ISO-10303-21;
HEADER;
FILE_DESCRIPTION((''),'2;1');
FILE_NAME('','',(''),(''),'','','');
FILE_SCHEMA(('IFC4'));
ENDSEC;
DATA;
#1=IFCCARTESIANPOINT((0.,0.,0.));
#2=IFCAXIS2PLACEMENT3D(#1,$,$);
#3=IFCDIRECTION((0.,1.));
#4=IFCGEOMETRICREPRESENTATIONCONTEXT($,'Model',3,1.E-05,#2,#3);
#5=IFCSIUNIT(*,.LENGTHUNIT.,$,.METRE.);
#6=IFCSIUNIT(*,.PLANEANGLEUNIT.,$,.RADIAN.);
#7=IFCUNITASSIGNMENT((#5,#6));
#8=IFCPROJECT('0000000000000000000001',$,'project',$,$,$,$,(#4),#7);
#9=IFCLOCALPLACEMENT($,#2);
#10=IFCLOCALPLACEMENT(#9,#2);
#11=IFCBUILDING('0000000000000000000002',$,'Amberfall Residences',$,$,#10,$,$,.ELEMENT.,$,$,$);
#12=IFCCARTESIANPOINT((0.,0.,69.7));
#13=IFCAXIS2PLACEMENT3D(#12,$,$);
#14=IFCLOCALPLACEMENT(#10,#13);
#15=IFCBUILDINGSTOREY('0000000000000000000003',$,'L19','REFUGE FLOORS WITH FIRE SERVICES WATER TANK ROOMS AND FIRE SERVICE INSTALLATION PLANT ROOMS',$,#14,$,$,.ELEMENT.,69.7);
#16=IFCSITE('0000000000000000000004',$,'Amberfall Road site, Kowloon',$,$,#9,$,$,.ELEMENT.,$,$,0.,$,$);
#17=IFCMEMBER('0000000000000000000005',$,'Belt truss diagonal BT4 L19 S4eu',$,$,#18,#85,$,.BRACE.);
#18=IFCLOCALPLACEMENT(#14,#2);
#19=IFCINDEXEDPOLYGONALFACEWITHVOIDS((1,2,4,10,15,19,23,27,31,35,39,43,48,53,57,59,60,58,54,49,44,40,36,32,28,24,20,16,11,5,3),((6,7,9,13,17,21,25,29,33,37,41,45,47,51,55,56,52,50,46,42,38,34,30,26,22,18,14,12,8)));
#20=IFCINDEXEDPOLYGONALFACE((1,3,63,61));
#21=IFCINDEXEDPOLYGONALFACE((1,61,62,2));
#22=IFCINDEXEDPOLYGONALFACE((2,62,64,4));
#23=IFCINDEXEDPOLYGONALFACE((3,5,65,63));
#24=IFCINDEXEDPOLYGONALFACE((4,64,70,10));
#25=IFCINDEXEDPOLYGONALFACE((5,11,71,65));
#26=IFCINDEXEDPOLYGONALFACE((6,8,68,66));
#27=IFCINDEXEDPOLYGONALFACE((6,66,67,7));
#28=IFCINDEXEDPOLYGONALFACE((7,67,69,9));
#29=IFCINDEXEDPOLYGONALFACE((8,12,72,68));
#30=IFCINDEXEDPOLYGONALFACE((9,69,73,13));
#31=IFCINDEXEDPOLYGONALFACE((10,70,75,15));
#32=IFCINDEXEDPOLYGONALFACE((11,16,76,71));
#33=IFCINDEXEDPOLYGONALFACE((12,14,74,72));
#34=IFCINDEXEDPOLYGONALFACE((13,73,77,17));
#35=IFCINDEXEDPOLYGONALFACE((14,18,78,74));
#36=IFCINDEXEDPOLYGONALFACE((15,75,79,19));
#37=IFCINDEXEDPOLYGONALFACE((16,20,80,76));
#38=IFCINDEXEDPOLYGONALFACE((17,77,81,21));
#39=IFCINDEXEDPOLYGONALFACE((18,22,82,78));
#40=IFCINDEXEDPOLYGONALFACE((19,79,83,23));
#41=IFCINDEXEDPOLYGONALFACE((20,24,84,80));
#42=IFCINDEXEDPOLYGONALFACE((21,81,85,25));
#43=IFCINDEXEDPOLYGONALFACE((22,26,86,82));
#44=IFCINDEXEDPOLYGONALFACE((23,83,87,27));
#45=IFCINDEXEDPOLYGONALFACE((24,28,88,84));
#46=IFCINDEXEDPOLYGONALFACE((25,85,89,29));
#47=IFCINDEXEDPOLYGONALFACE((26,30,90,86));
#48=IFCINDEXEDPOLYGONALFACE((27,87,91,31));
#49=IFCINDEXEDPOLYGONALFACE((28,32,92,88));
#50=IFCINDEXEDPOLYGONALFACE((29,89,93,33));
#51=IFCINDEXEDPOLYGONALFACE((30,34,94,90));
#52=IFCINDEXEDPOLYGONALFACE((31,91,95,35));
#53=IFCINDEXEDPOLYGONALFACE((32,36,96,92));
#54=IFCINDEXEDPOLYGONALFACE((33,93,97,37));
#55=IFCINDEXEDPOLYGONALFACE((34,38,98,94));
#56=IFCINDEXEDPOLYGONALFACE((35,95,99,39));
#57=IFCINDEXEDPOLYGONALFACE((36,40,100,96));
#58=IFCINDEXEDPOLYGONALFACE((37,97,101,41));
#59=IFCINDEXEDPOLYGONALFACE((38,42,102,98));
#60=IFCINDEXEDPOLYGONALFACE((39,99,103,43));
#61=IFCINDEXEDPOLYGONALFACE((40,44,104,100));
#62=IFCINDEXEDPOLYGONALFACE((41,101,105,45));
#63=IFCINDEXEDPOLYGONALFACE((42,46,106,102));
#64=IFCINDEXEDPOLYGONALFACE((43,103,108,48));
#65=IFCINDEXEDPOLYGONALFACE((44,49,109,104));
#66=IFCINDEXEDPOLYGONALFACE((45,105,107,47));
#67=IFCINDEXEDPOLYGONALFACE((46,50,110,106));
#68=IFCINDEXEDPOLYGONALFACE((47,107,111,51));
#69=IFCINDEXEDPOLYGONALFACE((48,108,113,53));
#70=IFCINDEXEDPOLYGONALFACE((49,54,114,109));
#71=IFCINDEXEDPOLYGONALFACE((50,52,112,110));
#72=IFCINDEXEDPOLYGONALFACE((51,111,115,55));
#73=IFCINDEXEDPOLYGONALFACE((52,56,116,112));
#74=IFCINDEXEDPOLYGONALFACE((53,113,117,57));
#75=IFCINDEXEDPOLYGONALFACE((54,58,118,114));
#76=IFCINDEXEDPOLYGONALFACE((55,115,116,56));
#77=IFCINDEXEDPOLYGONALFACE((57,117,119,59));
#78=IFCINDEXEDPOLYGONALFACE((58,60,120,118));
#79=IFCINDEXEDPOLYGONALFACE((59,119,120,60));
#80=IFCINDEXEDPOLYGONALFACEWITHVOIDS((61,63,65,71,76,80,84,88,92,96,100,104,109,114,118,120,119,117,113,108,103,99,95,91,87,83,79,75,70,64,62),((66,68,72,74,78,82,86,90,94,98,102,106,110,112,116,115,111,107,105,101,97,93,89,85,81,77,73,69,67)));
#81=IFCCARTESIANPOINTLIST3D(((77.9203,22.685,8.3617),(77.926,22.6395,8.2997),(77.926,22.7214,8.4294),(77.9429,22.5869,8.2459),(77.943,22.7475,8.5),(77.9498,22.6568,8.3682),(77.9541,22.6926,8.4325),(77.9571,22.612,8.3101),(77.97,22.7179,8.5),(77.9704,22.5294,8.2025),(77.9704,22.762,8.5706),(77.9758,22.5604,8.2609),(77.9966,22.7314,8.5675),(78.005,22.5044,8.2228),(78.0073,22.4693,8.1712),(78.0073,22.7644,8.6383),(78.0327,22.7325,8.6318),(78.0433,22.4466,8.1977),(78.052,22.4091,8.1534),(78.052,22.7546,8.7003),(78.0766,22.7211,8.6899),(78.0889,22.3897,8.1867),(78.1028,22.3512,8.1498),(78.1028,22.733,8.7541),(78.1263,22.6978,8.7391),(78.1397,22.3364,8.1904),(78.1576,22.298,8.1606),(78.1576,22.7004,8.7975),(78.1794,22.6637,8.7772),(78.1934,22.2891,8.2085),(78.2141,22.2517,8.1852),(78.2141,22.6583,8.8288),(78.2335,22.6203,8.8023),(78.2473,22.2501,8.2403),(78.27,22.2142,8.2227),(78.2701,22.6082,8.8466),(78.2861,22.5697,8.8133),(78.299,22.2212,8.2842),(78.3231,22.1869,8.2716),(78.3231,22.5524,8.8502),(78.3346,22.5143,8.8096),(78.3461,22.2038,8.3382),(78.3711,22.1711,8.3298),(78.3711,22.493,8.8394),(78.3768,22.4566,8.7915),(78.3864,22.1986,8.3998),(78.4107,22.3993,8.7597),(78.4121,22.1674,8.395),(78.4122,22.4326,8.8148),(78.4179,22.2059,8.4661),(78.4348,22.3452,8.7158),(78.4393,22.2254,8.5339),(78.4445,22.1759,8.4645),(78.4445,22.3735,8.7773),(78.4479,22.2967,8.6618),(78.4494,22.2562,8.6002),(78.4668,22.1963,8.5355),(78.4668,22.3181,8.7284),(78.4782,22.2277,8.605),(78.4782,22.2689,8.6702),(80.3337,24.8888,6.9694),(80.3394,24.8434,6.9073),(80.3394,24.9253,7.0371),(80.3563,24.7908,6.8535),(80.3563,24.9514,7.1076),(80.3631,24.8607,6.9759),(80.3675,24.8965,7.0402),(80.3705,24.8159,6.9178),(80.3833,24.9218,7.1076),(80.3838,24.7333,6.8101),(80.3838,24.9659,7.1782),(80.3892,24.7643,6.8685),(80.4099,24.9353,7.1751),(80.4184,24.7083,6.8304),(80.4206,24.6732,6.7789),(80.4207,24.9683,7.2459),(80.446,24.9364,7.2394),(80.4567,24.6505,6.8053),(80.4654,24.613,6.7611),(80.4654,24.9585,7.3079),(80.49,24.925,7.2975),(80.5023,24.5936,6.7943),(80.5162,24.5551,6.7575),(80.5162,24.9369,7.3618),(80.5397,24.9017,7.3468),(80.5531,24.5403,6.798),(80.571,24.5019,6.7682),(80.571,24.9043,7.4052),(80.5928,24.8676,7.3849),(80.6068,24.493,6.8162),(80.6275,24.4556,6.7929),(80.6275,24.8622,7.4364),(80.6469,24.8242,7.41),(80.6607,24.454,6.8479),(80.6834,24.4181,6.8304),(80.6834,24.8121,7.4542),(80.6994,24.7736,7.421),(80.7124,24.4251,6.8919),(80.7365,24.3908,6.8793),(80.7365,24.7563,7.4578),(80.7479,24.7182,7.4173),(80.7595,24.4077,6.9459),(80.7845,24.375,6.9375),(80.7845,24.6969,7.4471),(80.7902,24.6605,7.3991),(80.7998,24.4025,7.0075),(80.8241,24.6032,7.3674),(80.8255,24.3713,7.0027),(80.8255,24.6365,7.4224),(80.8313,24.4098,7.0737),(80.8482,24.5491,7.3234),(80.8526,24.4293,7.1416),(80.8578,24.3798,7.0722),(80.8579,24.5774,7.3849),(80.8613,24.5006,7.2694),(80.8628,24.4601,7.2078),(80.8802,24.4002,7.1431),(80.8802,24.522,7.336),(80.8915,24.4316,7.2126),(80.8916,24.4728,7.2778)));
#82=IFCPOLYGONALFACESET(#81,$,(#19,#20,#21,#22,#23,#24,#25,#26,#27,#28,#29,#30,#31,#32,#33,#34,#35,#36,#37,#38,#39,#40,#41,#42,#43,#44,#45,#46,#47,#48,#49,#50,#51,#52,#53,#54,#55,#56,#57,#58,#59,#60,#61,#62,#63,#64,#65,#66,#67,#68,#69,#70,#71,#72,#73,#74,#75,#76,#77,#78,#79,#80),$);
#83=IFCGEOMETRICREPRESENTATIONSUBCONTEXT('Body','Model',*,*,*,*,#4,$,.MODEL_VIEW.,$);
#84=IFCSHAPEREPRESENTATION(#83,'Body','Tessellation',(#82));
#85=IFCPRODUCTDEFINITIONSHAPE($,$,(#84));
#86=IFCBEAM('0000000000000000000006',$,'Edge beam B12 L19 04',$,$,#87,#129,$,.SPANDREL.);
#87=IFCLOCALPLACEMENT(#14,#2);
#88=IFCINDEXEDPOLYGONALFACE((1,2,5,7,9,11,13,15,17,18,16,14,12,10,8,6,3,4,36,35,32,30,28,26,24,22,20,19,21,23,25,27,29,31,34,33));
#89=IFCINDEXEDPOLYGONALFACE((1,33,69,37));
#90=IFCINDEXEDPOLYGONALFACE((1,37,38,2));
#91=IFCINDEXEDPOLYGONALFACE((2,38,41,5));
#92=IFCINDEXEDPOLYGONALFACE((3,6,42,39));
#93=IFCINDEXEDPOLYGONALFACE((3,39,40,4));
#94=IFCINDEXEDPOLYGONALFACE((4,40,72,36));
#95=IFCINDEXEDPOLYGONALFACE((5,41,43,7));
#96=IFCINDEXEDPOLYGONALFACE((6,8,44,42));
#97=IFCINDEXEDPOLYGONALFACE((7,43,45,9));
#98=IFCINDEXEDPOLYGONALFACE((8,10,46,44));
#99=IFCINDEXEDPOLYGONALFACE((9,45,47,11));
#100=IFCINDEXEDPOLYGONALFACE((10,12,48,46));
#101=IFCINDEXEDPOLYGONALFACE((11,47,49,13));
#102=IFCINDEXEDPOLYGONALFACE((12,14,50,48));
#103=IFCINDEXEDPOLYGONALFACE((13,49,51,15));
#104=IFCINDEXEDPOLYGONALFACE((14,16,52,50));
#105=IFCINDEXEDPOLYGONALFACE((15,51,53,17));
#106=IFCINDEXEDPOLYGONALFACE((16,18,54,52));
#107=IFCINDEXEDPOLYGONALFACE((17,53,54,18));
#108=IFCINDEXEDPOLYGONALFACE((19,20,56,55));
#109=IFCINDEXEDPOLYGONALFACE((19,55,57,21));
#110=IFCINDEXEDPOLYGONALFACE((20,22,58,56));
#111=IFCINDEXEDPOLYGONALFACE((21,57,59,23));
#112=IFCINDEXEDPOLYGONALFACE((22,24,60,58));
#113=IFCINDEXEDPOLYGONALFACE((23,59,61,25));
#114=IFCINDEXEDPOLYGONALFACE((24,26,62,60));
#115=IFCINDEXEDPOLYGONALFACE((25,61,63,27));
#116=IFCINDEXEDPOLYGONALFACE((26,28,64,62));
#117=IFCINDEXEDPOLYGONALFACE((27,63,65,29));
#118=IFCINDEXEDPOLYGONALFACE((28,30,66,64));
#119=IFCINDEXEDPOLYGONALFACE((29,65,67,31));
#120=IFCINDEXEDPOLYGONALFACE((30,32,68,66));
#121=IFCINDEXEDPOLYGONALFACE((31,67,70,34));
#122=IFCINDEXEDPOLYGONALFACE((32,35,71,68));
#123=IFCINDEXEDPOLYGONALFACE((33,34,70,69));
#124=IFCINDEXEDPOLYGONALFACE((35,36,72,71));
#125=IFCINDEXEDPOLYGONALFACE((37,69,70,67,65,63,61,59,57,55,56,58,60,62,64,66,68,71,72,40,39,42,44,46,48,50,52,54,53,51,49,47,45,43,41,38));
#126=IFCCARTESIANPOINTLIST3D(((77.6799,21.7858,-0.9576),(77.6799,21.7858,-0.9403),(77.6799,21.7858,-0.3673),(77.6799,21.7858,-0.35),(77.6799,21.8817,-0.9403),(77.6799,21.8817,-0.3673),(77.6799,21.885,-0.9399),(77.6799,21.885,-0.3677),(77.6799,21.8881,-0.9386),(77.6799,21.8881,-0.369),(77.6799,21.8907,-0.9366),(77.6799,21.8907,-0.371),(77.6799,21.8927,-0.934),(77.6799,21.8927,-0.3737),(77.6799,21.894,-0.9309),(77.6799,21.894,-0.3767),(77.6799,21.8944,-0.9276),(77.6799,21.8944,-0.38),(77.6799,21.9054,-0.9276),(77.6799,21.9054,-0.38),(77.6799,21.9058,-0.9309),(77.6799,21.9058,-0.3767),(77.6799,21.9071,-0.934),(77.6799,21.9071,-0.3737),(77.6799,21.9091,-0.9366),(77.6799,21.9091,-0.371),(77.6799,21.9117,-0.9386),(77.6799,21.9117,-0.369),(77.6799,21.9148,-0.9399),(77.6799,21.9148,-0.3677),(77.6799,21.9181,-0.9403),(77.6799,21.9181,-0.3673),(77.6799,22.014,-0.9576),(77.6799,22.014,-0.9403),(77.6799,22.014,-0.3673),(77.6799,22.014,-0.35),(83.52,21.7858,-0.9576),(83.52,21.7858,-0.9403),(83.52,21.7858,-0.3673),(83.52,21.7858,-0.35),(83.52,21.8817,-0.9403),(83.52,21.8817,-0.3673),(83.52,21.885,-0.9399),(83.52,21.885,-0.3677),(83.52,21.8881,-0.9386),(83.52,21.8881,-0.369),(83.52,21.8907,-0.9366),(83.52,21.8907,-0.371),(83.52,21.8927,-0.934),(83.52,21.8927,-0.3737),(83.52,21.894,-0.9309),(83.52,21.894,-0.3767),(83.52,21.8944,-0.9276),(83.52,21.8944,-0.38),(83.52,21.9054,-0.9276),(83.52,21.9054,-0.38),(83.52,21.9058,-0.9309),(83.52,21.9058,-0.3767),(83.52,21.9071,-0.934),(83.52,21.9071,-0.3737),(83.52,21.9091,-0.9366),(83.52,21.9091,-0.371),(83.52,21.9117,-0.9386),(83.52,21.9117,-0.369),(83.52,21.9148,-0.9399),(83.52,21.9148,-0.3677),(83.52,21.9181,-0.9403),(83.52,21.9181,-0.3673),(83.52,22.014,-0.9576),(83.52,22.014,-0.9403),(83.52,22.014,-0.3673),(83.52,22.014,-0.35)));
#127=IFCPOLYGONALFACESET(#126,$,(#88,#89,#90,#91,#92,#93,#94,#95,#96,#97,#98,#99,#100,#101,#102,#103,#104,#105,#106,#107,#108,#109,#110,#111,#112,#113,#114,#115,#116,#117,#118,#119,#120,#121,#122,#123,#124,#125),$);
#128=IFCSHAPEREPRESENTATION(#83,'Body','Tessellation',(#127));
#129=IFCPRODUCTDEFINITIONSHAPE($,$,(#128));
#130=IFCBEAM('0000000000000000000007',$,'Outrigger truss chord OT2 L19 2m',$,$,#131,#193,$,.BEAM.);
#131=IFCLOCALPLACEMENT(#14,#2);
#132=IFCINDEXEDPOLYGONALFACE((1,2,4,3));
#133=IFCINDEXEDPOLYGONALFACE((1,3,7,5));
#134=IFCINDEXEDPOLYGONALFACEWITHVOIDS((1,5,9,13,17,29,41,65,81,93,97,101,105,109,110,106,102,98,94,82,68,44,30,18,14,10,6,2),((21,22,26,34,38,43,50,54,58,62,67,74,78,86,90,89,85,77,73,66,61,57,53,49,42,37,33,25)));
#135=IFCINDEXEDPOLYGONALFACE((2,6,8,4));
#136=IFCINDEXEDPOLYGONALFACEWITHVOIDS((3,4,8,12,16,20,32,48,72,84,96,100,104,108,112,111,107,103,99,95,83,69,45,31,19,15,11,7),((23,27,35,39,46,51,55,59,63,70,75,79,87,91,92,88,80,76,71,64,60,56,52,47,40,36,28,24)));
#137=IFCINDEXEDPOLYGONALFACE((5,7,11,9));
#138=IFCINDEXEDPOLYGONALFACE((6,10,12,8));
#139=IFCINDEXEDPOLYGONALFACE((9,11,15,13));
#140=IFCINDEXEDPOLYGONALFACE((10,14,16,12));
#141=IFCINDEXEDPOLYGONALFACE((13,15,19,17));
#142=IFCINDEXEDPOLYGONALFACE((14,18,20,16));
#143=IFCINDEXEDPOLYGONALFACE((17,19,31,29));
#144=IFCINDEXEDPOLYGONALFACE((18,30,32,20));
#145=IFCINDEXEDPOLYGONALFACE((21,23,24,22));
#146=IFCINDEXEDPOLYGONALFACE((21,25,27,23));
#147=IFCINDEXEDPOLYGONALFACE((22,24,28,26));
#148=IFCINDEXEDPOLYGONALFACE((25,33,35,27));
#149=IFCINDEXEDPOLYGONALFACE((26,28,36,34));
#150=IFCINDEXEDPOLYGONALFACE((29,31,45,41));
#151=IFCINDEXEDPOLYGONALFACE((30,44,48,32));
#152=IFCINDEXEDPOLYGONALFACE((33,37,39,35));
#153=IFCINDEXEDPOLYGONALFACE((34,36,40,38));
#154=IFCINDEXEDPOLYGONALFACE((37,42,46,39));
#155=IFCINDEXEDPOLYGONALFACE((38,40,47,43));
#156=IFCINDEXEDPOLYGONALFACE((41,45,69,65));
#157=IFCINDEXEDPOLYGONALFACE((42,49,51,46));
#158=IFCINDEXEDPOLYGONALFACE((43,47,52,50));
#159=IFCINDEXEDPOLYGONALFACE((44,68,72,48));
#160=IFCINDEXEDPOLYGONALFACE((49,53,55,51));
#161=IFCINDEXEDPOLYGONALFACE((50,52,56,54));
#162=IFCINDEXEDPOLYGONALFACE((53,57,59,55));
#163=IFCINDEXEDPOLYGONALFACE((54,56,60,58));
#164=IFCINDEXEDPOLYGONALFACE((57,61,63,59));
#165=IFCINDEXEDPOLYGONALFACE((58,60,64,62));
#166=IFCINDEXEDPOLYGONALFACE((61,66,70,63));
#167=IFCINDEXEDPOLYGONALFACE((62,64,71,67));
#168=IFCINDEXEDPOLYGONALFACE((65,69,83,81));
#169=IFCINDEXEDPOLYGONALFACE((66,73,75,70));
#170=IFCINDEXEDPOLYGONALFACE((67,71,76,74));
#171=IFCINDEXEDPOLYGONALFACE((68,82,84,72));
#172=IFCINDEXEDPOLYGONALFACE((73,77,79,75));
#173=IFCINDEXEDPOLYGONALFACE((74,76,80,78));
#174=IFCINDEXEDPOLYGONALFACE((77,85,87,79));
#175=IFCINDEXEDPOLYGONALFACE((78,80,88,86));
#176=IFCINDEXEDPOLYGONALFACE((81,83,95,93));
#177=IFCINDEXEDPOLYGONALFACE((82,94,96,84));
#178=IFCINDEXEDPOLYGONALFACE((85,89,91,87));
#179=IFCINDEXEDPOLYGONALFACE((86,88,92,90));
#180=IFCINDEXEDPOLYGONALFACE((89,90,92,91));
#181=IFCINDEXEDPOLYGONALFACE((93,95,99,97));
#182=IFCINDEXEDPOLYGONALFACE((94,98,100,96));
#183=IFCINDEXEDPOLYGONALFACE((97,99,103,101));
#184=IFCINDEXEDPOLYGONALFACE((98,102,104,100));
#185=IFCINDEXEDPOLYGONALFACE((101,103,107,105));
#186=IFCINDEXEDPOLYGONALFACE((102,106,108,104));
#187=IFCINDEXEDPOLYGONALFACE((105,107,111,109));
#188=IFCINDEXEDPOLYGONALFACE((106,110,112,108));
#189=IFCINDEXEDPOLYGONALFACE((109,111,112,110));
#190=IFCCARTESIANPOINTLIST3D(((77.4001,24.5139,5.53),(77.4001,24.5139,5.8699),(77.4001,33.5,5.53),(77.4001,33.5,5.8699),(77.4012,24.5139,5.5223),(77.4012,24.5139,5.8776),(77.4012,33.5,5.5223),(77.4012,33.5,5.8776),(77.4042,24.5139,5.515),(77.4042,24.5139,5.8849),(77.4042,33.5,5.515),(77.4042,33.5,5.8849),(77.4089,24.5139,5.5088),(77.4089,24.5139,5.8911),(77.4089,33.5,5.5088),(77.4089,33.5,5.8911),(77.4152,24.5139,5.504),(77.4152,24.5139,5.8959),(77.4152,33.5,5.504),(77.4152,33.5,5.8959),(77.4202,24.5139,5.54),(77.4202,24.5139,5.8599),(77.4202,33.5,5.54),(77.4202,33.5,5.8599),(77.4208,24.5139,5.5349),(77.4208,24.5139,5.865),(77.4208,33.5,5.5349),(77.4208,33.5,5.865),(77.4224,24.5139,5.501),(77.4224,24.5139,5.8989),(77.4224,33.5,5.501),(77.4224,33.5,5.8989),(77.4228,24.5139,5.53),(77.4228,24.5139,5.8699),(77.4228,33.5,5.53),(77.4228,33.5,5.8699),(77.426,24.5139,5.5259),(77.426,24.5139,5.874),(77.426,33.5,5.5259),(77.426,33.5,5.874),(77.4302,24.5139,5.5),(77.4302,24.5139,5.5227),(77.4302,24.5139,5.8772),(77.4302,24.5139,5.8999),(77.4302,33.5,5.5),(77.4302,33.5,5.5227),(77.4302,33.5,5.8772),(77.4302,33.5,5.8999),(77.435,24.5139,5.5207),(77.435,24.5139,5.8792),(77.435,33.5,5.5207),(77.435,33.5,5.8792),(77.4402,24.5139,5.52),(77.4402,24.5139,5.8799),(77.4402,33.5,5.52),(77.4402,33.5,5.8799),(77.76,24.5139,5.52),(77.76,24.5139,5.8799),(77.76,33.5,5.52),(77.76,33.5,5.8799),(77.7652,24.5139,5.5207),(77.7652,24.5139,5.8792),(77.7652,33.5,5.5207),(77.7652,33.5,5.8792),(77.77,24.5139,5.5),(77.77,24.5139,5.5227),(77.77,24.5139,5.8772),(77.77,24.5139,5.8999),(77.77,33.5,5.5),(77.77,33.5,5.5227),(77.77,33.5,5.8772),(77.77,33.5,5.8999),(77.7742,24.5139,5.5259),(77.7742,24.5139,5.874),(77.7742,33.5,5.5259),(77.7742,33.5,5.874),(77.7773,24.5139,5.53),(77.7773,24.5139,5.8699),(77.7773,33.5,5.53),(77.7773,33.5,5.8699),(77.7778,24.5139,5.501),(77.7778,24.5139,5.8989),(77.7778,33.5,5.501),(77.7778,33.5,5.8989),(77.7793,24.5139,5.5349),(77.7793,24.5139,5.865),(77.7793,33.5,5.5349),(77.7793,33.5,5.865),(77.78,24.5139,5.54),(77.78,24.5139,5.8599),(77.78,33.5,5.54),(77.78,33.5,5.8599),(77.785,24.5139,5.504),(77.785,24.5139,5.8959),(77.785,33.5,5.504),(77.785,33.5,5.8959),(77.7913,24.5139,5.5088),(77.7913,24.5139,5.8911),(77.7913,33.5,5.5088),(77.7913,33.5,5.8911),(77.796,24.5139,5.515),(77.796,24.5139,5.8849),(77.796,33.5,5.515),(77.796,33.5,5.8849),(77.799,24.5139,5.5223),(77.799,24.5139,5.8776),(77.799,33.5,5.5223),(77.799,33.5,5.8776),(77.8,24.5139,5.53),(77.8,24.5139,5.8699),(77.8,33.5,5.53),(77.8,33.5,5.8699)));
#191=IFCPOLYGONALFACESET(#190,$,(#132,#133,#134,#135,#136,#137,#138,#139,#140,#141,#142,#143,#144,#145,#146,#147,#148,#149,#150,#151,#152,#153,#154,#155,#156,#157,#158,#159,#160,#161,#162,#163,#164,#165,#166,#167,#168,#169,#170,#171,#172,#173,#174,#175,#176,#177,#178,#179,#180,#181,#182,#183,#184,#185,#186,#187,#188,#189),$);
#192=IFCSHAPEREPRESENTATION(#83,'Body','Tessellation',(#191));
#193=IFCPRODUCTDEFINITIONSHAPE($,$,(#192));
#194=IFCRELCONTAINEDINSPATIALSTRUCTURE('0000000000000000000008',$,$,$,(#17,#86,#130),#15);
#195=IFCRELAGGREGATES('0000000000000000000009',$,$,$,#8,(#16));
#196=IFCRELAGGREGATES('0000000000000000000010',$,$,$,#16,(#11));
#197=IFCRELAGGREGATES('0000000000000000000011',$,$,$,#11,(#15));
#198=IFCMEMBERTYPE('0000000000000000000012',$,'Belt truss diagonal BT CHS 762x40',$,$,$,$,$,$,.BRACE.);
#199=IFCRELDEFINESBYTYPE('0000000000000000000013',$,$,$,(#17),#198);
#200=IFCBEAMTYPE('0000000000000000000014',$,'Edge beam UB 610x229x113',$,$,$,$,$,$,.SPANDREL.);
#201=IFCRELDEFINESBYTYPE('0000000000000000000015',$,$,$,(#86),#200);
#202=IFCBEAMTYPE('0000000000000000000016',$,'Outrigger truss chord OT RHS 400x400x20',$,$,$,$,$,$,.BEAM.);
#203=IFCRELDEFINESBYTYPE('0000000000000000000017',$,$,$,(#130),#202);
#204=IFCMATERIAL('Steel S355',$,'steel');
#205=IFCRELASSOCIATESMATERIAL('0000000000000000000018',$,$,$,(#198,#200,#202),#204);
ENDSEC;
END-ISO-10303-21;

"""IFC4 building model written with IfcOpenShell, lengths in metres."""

from ifc_helpers import new_model, si_unit, direction, frame, origin, origin_2d, place, context, subcontext, project, spatial, hollow_rectangle, hollow_circle, i_section, extrude, material, material_profile, profile_set, type_object, element, save


model = new_model("IFC4")

# Units and contexts
model_context = context("Model", 3, precision=1e-05, world=origin(), true_north=direction((0.0, 1.0)))
body_context = subcontext(model_context, "Body", "Model", "MODEL_VIEW")
ifc_project = project(units=[si_unit("LENGTHUNIT", "METRE"), si_unit("PLANEANGLEUNIT", "RADIAN")], contexts=[model_context])

# Site, building, storey
site_placement = place(None, origin())
site = spatial("IfcSite", under=ifc_project, at=site_placement, Name="Amberfall Road site, Kowloon", CompositionType="ELEMENT", RefElevation=0.0)
building_placement = place(site_placement, origin())
building = spatial("IfcBuilding", under=site, at=building_placement, Name="Amberfall Residences", CompositionType="ELEMENT")
storey_placement = place(building_placement, frame((0.0, 0.0, 69.7)))
storey = spatial("IfcBuildingStorey", under=building, at=storey_placement, Name="L19", Description="REFUGE FLOORS WITH FIRE SERVICES WATER TANK ROOMS AND FIRE SERVICE INSTALLATION PLANT ROOMS", CompositionType="ELEMENT", Elevation=69.7)

# Shared definitions
ifc_material_1 = material(Name="Steel S355", Category="steel")

# Member
ifc_material_profile_1 = material_profile(ifc_material_1, hollow_circle(Radius=0.3811, WallThickness=0.04, at=origin_2d()), Name="CHS 762x40")
ifc_profile_set_1 = profile_set([ifc_material_profile_1], Name="Steel S355")
member_type_1 = type_object("IfcMemberType", Name="Belt truss diagonal BT CHS 762x40", PredefinedType="BRACE", material=ifc_profile_set_1)
member_1_placement = place(storey_placement, frame((78.2, 22.4661, 8.5), z_axis=(0.679347, 0.620381, -0.391939), x_axis=(-0.674333, 0.738427, 0.0)))
element("IfcMember", 1, at=member_1_placement, inside=storey, type_object=member_type_1, Name="Belt truss diagonal BT4 L19 S4eu", PredefinedType="BRACE", context=body_context, shape_type="SweptSolid", body=[
    extrude(hollow_circle(Radius=0.3811, WallThickness=0.04, at=origin_2d()), origin(), (0.0, 0.0, 1.0), 3.5525),
])

# Beams
ifc_material_profile_2 = material_profile(ifc_material_1, i_section(OverallWidth=0.2283, OverallDepth=0.6077, WebThickness=0.011, FlangeThickness=0.0173, FilletRadius=0.0127, at=origin_2d()), Name="UB 610x229x113")
ifc_profile_set_2 = profile_set([ifc_material_profile_2], Name="Steel S355")
beam_type_1 = type_object("IfcBeamType", Name="Edge beam UB 610x229x113", PredefinedType="SPANDREL", material=ifc_profile_set_2)
beam_1_placement = place(storey_placement, frame((77.6799, 21.8999, -0.6538), z_axis=(1.0, 0.0, 0.0), x_axis=(0.0, 1.0, 0.0)))
element("IfcBeam", 2, at=beam_1_placement, inside=storey, type_object=beam_type_1, Name="Edge beam B12 L19 04", PredefinedType="SPANDREL", context=body_context, shape_type="SweptSolid", body=[
    extrude(i_section(OverallWidth=0.2283, OverallDepth=0.6077, WebThickness=0.011, FlangeThickness=0.0173, FilletRadius=0.0127, at=origin_2d()), origin(), (0.0, 0.0, 1.0), 5.8401),
])
ifc_material_profile_3 = material_profile(ifc_material_1, hollow_rectangle(XDim=0.3999, YDim=0.3999, WallThickness=0.02, InnerFilletRadius=0.02, OuterFilletRadius=0.03, at=origin_2d()), Name="RHS 400x400x20")
ifc_profile_set_3 = profile_set([ifc_material_profile_3], Name="Steel S355")
beam_type_2 = type_object("IfcBeamType", Name="Outrigger truss chord OT RHS 400x400x20", PredefinedType="BEAM", material=ifc_profile_set_3)
beam_2_placement = place(storey_placement, frame((77.6001, 24.5139, 5.7), z_axis=(0.0, 1.0, 0.0), x_axis=(-1.0, 0.0, 0.0)))
element("IfcBeam", 3, at=beam_2_placement, inside=storey, type_object=beam_type_2, Name="Outrigger truss chord OT2 L19 2m", PredefinedType="BEAM", context=body_context, shape_type="SweptSolid", body=[
    extrude(hollow_rectangle(XDim=0.3999, YDim=0.3999, WallThickness=0.02, InnerFilletRadius=0.02, OuterFilletRadius=0.03, at=origin_2d()), origin(), (0.0, 0.0, 1.0), 8.9861),
])

save(model, "model.ifc")
